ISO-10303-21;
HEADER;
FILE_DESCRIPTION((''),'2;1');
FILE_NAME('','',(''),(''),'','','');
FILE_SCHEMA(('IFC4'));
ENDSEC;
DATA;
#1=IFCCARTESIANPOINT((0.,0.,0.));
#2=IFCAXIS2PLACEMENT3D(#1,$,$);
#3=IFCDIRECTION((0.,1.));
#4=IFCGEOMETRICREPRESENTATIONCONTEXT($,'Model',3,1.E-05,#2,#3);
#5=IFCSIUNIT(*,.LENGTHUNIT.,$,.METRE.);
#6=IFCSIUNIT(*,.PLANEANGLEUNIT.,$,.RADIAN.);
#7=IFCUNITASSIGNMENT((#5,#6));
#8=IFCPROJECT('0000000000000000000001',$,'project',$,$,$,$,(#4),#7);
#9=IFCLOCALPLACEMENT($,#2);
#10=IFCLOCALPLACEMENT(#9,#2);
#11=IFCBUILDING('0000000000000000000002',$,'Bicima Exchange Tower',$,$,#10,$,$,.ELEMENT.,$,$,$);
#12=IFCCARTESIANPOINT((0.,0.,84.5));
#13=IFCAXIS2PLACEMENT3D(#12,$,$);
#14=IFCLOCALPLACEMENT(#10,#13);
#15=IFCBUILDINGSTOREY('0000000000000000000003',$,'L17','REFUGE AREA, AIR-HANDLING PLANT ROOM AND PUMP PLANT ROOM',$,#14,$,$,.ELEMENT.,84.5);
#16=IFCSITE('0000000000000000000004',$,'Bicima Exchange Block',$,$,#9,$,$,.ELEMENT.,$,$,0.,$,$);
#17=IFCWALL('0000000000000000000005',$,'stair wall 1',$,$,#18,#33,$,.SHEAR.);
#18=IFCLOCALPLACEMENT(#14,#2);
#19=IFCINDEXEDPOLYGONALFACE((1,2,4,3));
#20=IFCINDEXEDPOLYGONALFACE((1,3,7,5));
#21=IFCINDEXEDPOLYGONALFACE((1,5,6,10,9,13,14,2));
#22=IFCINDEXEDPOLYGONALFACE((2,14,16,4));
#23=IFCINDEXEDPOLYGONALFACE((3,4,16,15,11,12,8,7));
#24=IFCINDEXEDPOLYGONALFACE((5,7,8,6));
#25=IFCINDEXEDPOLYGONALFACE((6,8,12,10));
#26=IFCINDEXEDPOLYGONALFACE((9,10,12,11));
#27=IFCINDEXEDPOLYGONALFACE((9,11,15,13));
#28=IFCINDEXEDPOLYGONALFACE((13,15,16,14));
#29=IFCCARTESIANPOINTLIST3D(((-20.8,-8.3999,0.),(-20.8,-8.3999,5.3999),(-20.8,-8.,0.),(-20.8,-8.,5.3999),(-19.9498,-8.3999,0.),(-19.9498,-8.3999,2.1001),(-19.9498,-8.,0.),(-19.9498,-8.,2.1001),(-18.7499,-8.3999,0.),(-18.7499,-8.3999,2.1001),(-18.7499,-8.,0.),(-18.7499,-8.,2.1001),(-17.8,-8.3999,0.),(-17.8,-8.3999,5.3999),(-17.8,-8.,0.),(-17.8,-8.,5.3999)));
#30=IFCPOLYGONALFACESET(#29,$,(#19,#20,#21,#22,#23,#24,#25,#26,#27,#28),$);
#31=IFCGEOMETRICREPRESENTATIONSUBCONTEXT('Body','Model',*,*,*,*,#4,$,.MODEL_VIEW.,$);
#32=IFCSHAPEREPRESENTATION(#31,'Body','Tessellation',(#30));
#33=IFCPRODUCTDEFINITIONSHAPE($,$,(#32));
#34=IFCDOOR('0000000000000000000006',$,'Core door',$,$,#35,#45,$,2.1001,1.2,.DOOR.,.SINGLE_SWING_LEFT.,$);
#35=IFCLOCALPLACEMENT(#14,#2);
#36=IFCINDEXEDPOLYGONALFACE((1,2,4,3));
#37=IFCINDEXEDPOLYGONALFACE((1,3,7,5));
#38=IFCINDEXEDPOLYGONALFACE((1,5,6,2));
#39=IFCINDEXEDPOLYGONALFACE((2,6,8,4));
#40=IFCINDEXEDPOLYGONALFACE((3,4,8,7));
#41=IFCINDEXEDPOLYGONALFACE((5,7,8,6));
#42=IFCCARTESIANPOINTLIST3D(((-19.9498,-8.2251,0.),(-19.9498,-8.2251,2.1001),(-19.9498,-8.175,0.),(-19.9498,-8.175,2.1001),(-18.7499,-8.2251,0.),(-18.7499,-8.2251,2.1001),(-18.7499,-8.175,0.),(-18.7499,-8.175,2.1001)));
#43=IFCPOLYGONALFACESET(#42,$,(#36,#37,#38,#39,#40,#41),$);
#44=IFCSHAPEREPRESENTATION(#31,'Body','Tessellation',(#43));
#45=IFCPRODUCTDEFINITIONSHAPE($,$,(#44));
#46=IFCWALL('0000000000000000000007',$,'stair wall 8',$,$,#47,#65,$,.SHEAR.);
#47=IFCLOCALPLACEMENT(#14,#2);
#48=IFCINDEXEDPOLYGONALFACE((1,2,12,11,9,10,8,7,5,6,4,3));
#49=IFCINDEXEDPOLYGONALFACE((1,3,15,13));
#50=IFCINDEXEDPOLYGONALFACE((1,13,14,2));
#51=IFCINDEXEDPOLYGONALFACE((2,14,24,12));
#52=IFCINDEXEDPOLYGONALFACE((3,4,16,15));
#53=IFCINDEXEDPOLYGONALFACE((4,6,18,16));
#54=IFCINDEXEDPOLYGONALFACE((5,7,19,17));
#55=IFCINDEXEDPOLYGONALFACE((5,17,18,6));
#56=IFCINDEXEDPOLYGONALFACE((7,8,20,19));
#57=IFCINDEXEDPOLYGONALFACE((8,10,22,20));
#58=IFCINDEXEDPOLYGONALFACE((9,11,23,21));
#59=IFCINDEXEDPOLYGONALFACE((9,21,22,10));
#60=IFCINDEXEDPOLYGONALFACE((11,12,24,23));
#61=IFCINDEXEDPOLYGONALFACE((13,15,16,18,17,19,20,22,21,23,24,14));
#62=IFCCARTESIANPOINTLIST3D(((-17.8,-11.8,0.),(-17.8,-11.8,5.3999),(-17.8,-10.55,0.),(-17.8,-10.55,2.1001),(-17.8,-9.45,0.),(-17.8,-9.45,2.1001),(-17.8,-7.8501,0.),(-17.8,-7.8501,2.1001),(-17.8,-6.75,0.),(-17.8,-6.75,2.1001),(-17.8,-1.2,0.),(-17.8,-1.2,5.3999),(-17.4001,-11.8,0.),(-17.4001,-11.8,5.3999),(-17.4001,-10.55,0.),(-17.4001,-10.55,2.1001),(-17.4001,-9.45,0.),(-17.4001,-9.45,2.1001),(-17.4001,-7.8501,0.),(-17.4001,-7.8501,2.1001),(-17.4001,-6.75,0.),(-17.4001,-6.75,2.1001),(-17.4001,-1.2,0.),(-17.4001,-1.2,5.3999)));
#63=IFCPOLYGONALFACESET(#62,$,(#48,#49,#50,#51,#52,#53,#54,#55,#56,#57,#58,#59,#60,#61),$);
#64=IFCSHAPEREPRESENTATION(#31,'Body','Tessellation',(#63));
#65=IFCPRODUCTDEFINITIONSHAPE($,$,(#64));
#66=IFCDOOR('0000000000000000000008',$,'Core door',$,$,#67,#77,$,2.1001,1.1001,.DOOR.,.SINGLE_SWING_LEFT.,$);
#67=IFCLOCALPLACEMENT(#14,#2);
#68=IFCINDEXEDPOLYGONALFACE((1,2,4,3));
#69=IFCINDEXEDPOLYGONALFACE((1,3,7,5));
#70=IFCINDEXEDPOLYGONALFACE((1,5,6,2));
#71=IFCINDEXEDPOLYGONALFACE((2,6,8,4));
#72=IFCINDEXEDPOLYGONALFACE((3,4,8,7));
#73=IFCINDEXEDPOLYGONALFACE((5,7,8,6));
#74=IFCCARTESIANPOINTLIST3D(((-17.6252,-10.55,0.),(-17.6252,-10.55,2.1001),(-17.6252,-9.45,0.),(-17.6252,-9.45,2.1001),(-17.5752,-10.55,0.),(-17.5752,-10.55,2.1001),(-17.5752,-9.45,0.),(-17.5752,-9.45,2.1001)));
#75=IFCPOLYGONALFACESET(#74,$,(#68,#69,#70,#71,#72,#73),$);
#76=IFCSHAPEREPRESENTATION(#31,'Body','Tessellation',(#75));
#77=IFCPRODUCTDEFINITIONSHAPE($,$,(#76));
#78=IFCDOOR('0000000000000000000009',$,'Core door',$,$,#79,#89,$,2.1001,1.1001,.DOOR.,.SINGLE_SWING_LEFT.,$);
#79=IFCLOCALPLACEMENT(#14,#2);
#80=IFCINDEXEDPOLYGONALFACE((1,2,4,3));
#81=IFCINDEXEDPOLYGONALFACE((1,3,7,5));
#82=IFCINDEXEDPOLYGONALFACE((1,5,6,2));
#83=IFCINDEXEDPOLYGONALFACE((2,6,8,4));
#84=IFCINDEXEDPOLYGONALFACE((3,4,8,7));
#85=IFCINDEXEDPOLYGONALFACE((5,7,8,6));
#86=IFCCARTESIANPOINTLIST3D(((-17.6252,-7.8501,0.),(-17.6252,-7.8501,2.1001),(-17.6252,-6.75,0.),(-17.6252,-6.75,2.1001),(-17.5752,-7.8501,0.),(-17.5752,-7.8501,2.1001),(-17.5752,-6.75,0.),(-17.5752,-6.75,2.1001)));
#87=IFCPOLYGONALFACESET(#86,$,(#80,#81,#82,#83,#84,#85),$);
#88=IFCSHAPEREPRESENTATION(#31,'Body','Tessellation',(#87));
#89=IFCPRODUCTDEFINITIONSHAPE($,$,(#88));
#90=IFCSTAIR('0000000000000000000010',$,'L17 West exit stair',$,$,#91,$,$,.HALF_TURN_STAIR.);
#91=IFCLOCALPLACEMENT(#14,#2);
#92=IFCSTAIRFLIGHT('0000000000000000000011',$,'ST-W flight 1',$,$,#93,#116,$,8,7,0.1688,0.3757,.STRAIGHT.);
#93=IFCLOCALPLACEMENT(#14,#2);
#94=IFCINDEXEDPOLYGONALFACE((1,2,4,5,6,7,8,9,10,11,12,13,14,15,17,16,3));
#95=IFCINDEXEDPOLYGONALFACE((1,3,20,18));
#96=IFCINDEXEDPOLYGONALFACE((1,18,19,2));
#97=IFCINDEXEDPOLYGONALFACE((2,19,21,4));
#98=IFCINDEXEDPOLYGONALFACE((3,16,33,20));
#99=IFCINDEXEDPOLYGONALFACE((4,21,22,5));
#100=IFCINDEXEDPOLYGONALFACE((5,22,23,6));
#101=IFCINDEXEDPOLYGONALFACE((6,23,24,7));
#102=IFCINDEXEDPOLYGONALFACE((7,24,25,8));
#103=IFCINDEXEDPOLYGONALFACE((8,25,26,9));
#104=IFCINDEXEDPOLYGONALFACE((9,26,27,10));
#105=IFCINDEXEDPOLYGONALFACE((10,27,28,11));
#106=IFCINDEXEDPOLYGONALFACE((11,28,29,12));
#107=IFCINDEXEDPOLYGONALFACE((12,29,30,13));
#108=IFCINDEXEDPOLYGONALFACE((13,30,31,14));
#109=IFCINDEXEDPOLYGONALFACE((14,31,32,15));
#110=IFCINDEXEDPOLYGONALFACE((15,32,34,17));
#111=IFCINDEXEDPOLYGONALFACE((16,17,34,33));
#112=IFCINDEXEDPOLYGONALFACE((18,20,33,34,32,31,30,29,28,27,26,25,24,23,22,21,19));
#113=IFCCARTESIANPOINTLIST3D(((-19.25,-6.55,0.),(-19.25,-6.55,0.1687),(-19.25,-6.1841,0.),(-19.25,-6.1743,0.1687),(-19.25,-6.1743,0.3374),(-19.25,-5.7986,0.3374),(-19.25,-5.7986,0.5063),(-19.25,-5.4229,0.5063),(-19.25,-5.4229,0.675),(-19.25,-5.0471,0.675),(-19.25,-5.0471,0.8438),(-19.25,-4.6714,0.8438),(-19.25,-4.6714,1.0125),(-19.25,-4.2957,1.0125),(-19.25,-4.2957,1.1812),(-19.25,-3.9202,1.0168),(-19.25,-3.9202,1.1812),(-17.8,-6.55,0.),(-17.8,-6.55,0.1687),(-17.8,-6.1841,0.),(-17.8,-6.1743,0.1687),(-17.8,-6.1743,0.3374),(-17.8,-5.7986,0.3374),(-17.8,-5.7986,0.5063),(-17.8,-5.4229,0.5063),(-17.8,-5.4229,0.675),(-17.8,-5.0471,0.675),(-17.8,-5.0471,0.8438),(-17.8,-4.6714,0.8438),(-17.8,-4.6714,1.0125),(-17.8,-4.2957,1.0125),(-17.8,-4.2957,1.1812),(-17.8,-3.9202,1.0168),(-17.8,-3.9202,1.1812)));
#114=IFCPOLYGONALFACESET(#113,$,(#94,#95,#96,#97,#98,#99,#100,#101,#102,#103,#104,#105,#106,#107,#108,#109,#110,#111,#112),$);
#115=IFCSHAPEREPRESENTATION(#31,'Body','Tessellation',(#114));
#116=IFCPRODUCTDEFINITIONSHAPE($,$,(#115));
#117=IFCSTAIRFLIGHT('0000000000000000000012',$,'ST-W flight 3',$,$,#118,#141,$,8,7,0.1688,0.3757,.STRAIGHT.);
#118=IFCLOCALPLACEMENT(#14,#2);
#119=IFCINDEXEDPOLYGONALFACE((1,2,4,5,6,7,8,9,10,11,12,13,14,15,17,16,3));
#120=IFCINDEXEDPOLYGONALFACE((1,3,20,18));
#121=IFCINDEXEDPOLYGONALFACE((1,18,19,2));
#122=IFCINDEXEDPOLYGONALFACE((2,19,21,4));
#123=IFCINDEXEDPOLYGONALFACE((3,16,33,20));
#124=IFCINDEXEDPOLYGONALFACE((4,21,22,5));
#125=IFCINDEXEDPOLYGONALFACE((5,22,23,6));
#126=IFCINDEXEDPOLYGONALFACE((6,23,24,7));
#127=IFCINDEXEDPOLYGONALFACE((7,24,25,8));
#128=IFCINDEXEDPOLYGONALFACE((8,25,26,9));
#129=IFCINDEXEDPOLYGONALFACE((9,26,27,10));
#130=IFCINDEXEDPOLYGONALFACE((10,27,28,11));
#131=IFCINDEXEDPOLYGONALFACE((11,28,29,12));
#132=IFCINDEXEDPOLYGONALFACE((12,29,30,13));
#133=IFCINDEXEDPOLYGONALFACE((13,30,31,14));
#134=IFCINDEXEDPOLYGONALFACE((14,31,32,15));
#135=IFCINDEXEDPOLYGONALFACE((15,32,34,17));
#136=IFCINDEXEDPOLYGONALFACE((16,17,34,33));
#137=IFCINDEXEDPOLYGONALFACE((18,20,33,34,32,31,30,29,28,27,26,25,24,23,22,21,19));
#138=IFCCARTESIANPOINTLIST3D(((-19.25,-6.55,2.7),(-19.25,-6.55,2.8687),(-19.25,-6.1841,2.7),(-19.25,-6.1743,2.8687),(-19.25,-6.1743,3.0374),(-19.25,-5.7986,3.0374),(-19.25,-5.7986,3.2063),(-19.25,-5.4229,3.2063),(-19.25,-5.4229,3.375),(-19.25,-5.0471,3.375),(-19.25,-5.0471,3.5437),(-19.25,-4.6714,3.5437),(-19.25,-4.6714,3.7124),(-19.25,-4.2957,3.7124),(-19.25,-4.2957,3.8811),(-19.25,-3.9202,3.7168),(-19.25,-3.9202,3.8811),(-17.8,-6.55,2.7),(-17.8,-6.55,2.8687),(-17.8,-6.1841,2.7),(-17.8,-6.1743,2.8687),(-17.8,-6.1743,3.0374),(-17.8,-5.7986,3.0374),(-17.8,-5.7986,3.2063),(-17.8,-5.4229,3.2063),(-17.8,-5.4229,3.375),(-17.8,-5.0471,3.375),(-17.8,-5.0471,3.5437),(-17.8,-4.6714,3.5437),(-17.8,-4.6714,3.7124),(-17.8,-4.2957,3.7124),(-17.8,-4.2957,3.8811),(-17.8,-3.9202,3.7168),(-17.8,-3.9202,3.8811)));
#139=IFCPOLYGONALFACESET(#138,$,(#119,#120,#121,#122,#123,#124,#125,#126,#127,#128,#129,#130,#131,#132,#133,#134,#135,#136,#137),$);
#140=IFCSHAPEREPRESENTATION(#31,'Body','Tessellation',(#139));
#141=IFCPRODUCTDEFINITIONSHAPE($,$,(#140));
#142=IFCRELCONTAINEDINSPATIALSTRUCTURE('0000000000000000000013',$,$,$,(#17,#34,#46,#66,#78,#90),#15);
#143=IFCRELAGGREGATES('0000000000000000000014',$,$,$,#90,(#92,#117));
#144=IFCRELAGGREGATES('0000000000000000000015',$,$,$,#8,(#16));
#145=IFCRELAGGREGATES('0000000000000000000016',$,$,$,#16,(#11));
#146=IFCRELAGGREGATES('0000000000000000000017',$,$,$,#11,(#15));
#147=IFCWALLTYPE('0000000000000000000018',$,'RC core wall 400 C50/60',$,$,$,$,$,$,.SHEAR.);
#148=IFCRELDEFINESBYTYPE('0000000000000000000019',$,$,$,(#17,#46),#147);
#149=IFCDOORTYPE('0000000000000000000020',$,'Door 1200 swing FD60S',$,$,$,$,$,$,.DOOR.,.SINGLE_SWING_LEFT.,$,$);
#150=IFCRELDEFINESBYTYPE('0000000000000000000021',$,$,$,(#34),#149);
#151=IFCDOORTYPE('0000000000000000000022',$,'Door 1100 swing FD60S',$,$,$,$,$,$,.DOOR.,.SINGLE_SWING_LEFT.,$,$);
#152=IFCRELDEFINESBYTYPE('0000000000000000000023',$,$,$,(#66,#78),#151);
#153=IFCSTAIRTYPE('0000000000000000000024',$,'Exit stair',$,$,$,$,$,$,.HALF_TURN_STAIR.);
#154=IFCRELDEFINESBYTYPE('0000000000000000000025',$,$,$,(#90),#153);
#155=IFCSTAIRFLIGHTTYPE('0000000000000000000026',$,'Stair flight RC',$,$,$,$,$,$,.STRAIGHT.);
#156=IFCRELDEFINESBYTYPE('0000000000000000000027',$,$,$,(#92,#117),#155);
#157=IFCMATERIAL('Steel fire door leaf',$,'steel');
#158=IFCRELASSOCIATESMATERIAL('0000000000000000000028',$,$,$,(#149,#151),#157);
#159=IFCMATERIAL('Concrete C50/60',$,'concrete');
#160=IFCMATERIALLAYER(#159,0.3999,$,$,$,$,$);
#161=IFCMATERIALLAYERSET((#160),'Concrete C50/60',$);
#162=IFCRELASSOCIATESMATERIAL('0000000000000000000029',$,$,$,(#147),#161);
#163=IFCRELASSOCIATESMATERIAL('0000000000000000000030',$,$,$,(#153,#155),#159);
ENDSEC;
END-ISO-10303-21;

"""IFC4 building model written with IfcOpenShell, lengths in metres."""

from ifc_helpers import new_model, si_unit, direction, frame, frame_2d, origin, place, context, subcontext, project, spatial, polyline, rectangle, outline, extrude, material, layer, layer_set, type_object, element, fill, aggregate, save


model = new_model("IFC4")

# Units and contexts
model_context = context("Model", 3, precision=1e-05, world=origin(), true_north=direction((0.0, 1.0)))
body_context = subcontext(model_context, "Body", "Model", "MODEL_VIEW")
ifc_project = project(units=[si_unit("LENGTHUNIT", "METRE"), si_unit("PLANEANGLEUNIT", "RADIAN")], contexts=[model_context])

# Site, building, storey
site_placement = place(None, origin())
site = spatial("IfcSite", under=ifc_project, at=site_placement, Name="Bicima Exchange Block", CompositionType="ELEMENT", RefElevation=0.0)
building_placement = place(site_placement, origin())
building = spatial("IfcBuilding", under=site, at=building_placement, Name="Bicima Exchange Tower", CompositionType="ELEMENT")
storey_placement = place(building_placement, frame((0.0, 0.0, 84.5)))
storey = spatial("IfcBuildingStorey", under=building, at=storey_placement, Name="L17", Description="REFUGE AREA, AIR-HANDLING PLANT ROOM AND PUMP PLANT ROOM", CompositionType="ELEMENT", Elevation=84.5)

# Shared definitions
ifc_material_1 = material(Name="Steel fire door leaf", Category="steel")
door_type_1 = type_object("IfcDoorType", Name="Door 1200 swing FD60S", OperationType="SINGLE_SWING_LEFT", PredefinedType="DOOR", material=ifc_material_1)

# Wall, opening, door
ifc_material_2 = material(Name="Concrete C50/60", Category="concrete")
ifc_layer_1 = layer(ifc_material_2, 0.3999)
ifc_layer_set_1 = layer_set([ifc_layer_1], Name="Concrete C50/60")
wall_type_1 = type_object("IfcWallType", Name="RC core wall 400 C50/60", PredefinedType="SHEAR", material=ifc_layer_set_1)
wall_1_placement = place(storey_placement, frame((-20.8, -8.2, 0.0), z_axis=(0.0, 0.0, 1.0), x_axis=(1.0, 0.0, 0.0)))
wall_1 = element("IfcWall", 1, at=wall_1_placement, inside=storey, type_object=wall_type_1, Name="stair wall 1", PredefinedType="SHEAR", context=body_context, shape_type="SweptSolid", body=[
    extrude(rectangle(XDim=3.0, YDim=0.3999, at=frame_2d((1.5, 0.0))), origin(), (0.0, 0.0, 1.0), 5.3999),
])
opening_1_placement = place(wall_1_placement, frame((0.8501, 0.0, 0.0)))
opening_1 = element("IfcOpeningElement", 2, at=opening_1_placement, cuts=wall_1, PredefinedType="OPENING", context=body_context, shape_type="SweptSolid", body=[
    extrude(rectangle(XDim=1.2, YDim=2.1001, at=frame_2d((0.6001, 1.05))), frame((0.0, 0.2119, 0.0), z_axis=(0.0, -1.0, 0.0), x_axis=(1.0, 0.0, 0.0)), (0.0, 0.0, 1.0), 0.4238),
])
door_1_placement = place(opening_1_placement, origin())
door_1 = element("IfcDoor", 3, at=door_1_placement, inside=storey, type_object=door_type_1, Name="Core door", OperationType="SINGLE_SWING_LEFT", OverallHeight=2.1001, OverallWidth=1.2, PredefinedType="DOOR", context=body_context, shape_type="SweptSolid", body=[
    extrude(rectangle(XDim=1.2, YDim=2.1001, at=frame_2d((0.6001, 1.05))), frame((0.0, 0.0249, 0.0), z_axis=(0.0, -1.0, 0.0), x_axis=(1.0, 0.0, 0.0)), (0.0, 0.0, 1.0), 0.05),
])
fill(opening_1, door_1)

# Wall, openings, doors
wall_2_placement = place(storey_placement, frame((-17.6001, -11.8, 0.0), z_axis=(0.0, 0.0, 1.0), x_axis=(0.0, 1.0, 0.0)))
wall_2 = element("IfcWall", 4, at=wall_2_placement, inside=storey, type_object=wall_type_1, Name="stair wall 8", PredefinedType="SHEAR", context=body_context, shape_type="SweptSolid", body=[
    extrude(rectangle(XDim=10.6001, YDim=0.3999, at=frame_2d((5.3, 0.0))), origin(), (0.0, 0.0, 1.0), 5.3999),
])
opening_2_placement = place(wall_2_placement, frame((1.25, 0.0, 0.0)))
opening_2 = element("IfcOpeningElement", 5, at=opening_2_placement, cuts=wall_2, PredefinedType="OPENING", context=body_context, shape_type="SweptSolid", body=[
    extrude(rectangle(XDim=1.1001, YDim=2.1001, at=frame_2d((0.55, 1.05))), frame((0.0, 0.2119, 0.0), z_axis=(0.0, -1.0, 0.0), x_axis=(1.0, 0.0, 0.0)), (0.0, 0.0, 1.0), 0.4238),
])
opening_3_placement = place(wall_2_placement, frame((3.95, 0.0, 0.0)))
opening_3 = element("IfcOpeningElement", 6, at=opening_3_placement, cuts=wall_2, PredefinedType="OPENING", context=body_context, shape_type="SweptSolid", body=[
    extrude(rectangle(XDim=1.1001, YDim=2.1001, at=frame_2d((0.55, 1.05))), frame((0.0, 0.2119, 0.0), z_axis=(0.0, -1.0, 0.0), x_axis=(1.0, 0.0, 0.0)), (0.0, 0.0, 1.0), 0.4238),
])
door_type_2 = type_object("IfcDoorType", Name="Door 1100 swing FD60S", OperationType="SINGLE_SWING_LEFT", PredefinedType="DOOR", material=ifc_material_1)
door_2_placement = place(opening_2_placement, frame((1.1001, 0.0, 0.0), z_axis=(0.0, 0.0, 1.0), x_axis=(-1.0, 0.0, 0.0)))
door_2 = element("IfcDoor", 7, at=door_2_placement, inside=storey, type_object=door_type_2, Name="Core door", OperationType="SINGLE_SWING_LEFT", OverallHeight=2.1001, OverallWidth=1.1001, PredefinedType="DOOR", context=body_context, shape_type="SweptSolid", body=[
    extrude(rectangle(XDim=1.1001, YDim=2.1001, at=frame_2d((0.55, 1.05))), frame((0.0, 0.0249, 0.0), z_axis=(0.0, -1.0, 0.0), x_axis=(1.0, 0.0, 0.0)), (0.0, 0.0, 1.0), 0.05),
])
fill(opening_2, door_2)
door_3_placement = place(opening_3_placement, frame((1.1001, 0.0, 0.0), z_axis=(0.0, 0.0, 1.0), x_axis=(-1.0, 0.0, 0.0)))
door_3 = element("IfcDoor", 8, at=door_3_placement, inside=storey, type_object=door_type_2, Name="Core door", OperationType="SINGLE_SWING_LEFT", OverallHeight=2.1001, OverallWidth=1.1001, PredefinedType="DOOR", context=body_context, shape_type="SweptSolid", body=[
    extrude(rectangle(XDim=1.1001, YDim=2.1001, at=frame_2d((0.55, 1.05))), frame((0.0, 0.0249, 0.0), z_axis=(0.0, -1.0, 0.0), x_axis=(1.0, 0.0, 0.0)), (0.0, 0.0, 1.0), 0.05),
])
fill(opening_3, door_3)

# Stair, stair flights
stair_type = type_object("IfcStairType", Name="Exit stair", PredefinedType="HALF_TURN_STAIR", material=ifc_material_2)
stair_placement = place(storey_placement, origin())
stair = element("IfcStair", 9, at=stair_placement, inside=storey, type_object=stair_type, Name="L17 West exit stair", PredefinedType="HALF_TURN_STAIR")
stair_flight_type = type_object("IfcStairFlightType", Name="Stair flight RC", PredefinedType="STRAIGHT", material=ifc_material_2)
stair_flight_1_placement = place(storey_placement, frame((-18.5249, -6.55, 0.0), z_axis=(0.0, 0.0, 1.0), x_axis=(0.0, 1.0, 0.0)))
stair_flight_1 = element("IfcStairFlight", 10, at=stair_flight_1_placement, type_object=stair_flight_type, Name="ST-W flight 1", NumberOfRisers=8, NumberOfTreads=7, PredefinedType="STRAIGHT", RiserHeight=0.1688, TreadLength=0.3757, context=body_context, shape_type="SweptSolid", body=[
    extrude(outline(polyline([(0.0, 0.0), (0.0, 0.1687), (0.3757, 0.1687), (0.3757, 0.3374), (0.7515, 0.3374), (0.7515, 0.5063), (1.1272, 0.5063), (1.1272, 0.675), (1.5029, 0.675), (1.5029, 0.8438), (1.8787, 0.8438), (1.8787, 1.0125), (2.2544, 1.0125), (2.2544, 1.1812), (2.6299, 1.1812), (2.6299, 1.3501), (2.6299, 1.0168), (0.366, 0.0), (0.0, 0.0)])), frame((0.0, 0.7251, 0.0), z_axis=(0.0, -1.0, 0.0), x_axis=(1.0, 0.0, 0.0)), (0.0, 0.0, 1.0), 1.45),
])
stair_flight_2_placement = place(storey_placement, frame((-18.5249, -6.55, 2.7), z_axis=(0.0, 0.0, 1.0), x_axis=(0.0, 1.0, 0.0)))
stair_flight_2 = element("IfcStairFlight", 11, at=stair_flight_2_placement, type_object=stair_flight_type, Name="ST-W flight 3", NumberOfRisers=8, NumberOfTreads=7, PredefinedType="STRAIGHT", RiserHeight=0.1688, TreadLength=0.3757, context=body_context, shape_type="SweptSolid", body=[
    extrude(outline(polyline([(0.0, 0.0), (0.0, 0.1687), (0.3757, 0.1687), (0.3757, 0.3374), (0.7515, 0.3374), (0.7515, 0.5063), (1.1272, 0.5063), (1.1272, 0.675), (1.5029, 0.675), (1.5029, 0.8438), (1.8787, 0.8438), (1.8787, 1.0125), (2.2544, 1.0125), (2.2544, 1.1812), (2.6299, 1.1812), (2.6299, 1.3501), (2.6299, 1.0168), (0.366, 0.0), (0.0, 0.0)])), frame((0.0, 0.7251, 0.0), z_axis=(0.0, -1.0, 0.0), x_axis=(1.0, 0.0, 0.0)), (0.0, 0.0, 1.0), 1.45),
])
aggregate(stair, [stair_flight_1, stair_flight_2])

save(model, "model.ifc")
